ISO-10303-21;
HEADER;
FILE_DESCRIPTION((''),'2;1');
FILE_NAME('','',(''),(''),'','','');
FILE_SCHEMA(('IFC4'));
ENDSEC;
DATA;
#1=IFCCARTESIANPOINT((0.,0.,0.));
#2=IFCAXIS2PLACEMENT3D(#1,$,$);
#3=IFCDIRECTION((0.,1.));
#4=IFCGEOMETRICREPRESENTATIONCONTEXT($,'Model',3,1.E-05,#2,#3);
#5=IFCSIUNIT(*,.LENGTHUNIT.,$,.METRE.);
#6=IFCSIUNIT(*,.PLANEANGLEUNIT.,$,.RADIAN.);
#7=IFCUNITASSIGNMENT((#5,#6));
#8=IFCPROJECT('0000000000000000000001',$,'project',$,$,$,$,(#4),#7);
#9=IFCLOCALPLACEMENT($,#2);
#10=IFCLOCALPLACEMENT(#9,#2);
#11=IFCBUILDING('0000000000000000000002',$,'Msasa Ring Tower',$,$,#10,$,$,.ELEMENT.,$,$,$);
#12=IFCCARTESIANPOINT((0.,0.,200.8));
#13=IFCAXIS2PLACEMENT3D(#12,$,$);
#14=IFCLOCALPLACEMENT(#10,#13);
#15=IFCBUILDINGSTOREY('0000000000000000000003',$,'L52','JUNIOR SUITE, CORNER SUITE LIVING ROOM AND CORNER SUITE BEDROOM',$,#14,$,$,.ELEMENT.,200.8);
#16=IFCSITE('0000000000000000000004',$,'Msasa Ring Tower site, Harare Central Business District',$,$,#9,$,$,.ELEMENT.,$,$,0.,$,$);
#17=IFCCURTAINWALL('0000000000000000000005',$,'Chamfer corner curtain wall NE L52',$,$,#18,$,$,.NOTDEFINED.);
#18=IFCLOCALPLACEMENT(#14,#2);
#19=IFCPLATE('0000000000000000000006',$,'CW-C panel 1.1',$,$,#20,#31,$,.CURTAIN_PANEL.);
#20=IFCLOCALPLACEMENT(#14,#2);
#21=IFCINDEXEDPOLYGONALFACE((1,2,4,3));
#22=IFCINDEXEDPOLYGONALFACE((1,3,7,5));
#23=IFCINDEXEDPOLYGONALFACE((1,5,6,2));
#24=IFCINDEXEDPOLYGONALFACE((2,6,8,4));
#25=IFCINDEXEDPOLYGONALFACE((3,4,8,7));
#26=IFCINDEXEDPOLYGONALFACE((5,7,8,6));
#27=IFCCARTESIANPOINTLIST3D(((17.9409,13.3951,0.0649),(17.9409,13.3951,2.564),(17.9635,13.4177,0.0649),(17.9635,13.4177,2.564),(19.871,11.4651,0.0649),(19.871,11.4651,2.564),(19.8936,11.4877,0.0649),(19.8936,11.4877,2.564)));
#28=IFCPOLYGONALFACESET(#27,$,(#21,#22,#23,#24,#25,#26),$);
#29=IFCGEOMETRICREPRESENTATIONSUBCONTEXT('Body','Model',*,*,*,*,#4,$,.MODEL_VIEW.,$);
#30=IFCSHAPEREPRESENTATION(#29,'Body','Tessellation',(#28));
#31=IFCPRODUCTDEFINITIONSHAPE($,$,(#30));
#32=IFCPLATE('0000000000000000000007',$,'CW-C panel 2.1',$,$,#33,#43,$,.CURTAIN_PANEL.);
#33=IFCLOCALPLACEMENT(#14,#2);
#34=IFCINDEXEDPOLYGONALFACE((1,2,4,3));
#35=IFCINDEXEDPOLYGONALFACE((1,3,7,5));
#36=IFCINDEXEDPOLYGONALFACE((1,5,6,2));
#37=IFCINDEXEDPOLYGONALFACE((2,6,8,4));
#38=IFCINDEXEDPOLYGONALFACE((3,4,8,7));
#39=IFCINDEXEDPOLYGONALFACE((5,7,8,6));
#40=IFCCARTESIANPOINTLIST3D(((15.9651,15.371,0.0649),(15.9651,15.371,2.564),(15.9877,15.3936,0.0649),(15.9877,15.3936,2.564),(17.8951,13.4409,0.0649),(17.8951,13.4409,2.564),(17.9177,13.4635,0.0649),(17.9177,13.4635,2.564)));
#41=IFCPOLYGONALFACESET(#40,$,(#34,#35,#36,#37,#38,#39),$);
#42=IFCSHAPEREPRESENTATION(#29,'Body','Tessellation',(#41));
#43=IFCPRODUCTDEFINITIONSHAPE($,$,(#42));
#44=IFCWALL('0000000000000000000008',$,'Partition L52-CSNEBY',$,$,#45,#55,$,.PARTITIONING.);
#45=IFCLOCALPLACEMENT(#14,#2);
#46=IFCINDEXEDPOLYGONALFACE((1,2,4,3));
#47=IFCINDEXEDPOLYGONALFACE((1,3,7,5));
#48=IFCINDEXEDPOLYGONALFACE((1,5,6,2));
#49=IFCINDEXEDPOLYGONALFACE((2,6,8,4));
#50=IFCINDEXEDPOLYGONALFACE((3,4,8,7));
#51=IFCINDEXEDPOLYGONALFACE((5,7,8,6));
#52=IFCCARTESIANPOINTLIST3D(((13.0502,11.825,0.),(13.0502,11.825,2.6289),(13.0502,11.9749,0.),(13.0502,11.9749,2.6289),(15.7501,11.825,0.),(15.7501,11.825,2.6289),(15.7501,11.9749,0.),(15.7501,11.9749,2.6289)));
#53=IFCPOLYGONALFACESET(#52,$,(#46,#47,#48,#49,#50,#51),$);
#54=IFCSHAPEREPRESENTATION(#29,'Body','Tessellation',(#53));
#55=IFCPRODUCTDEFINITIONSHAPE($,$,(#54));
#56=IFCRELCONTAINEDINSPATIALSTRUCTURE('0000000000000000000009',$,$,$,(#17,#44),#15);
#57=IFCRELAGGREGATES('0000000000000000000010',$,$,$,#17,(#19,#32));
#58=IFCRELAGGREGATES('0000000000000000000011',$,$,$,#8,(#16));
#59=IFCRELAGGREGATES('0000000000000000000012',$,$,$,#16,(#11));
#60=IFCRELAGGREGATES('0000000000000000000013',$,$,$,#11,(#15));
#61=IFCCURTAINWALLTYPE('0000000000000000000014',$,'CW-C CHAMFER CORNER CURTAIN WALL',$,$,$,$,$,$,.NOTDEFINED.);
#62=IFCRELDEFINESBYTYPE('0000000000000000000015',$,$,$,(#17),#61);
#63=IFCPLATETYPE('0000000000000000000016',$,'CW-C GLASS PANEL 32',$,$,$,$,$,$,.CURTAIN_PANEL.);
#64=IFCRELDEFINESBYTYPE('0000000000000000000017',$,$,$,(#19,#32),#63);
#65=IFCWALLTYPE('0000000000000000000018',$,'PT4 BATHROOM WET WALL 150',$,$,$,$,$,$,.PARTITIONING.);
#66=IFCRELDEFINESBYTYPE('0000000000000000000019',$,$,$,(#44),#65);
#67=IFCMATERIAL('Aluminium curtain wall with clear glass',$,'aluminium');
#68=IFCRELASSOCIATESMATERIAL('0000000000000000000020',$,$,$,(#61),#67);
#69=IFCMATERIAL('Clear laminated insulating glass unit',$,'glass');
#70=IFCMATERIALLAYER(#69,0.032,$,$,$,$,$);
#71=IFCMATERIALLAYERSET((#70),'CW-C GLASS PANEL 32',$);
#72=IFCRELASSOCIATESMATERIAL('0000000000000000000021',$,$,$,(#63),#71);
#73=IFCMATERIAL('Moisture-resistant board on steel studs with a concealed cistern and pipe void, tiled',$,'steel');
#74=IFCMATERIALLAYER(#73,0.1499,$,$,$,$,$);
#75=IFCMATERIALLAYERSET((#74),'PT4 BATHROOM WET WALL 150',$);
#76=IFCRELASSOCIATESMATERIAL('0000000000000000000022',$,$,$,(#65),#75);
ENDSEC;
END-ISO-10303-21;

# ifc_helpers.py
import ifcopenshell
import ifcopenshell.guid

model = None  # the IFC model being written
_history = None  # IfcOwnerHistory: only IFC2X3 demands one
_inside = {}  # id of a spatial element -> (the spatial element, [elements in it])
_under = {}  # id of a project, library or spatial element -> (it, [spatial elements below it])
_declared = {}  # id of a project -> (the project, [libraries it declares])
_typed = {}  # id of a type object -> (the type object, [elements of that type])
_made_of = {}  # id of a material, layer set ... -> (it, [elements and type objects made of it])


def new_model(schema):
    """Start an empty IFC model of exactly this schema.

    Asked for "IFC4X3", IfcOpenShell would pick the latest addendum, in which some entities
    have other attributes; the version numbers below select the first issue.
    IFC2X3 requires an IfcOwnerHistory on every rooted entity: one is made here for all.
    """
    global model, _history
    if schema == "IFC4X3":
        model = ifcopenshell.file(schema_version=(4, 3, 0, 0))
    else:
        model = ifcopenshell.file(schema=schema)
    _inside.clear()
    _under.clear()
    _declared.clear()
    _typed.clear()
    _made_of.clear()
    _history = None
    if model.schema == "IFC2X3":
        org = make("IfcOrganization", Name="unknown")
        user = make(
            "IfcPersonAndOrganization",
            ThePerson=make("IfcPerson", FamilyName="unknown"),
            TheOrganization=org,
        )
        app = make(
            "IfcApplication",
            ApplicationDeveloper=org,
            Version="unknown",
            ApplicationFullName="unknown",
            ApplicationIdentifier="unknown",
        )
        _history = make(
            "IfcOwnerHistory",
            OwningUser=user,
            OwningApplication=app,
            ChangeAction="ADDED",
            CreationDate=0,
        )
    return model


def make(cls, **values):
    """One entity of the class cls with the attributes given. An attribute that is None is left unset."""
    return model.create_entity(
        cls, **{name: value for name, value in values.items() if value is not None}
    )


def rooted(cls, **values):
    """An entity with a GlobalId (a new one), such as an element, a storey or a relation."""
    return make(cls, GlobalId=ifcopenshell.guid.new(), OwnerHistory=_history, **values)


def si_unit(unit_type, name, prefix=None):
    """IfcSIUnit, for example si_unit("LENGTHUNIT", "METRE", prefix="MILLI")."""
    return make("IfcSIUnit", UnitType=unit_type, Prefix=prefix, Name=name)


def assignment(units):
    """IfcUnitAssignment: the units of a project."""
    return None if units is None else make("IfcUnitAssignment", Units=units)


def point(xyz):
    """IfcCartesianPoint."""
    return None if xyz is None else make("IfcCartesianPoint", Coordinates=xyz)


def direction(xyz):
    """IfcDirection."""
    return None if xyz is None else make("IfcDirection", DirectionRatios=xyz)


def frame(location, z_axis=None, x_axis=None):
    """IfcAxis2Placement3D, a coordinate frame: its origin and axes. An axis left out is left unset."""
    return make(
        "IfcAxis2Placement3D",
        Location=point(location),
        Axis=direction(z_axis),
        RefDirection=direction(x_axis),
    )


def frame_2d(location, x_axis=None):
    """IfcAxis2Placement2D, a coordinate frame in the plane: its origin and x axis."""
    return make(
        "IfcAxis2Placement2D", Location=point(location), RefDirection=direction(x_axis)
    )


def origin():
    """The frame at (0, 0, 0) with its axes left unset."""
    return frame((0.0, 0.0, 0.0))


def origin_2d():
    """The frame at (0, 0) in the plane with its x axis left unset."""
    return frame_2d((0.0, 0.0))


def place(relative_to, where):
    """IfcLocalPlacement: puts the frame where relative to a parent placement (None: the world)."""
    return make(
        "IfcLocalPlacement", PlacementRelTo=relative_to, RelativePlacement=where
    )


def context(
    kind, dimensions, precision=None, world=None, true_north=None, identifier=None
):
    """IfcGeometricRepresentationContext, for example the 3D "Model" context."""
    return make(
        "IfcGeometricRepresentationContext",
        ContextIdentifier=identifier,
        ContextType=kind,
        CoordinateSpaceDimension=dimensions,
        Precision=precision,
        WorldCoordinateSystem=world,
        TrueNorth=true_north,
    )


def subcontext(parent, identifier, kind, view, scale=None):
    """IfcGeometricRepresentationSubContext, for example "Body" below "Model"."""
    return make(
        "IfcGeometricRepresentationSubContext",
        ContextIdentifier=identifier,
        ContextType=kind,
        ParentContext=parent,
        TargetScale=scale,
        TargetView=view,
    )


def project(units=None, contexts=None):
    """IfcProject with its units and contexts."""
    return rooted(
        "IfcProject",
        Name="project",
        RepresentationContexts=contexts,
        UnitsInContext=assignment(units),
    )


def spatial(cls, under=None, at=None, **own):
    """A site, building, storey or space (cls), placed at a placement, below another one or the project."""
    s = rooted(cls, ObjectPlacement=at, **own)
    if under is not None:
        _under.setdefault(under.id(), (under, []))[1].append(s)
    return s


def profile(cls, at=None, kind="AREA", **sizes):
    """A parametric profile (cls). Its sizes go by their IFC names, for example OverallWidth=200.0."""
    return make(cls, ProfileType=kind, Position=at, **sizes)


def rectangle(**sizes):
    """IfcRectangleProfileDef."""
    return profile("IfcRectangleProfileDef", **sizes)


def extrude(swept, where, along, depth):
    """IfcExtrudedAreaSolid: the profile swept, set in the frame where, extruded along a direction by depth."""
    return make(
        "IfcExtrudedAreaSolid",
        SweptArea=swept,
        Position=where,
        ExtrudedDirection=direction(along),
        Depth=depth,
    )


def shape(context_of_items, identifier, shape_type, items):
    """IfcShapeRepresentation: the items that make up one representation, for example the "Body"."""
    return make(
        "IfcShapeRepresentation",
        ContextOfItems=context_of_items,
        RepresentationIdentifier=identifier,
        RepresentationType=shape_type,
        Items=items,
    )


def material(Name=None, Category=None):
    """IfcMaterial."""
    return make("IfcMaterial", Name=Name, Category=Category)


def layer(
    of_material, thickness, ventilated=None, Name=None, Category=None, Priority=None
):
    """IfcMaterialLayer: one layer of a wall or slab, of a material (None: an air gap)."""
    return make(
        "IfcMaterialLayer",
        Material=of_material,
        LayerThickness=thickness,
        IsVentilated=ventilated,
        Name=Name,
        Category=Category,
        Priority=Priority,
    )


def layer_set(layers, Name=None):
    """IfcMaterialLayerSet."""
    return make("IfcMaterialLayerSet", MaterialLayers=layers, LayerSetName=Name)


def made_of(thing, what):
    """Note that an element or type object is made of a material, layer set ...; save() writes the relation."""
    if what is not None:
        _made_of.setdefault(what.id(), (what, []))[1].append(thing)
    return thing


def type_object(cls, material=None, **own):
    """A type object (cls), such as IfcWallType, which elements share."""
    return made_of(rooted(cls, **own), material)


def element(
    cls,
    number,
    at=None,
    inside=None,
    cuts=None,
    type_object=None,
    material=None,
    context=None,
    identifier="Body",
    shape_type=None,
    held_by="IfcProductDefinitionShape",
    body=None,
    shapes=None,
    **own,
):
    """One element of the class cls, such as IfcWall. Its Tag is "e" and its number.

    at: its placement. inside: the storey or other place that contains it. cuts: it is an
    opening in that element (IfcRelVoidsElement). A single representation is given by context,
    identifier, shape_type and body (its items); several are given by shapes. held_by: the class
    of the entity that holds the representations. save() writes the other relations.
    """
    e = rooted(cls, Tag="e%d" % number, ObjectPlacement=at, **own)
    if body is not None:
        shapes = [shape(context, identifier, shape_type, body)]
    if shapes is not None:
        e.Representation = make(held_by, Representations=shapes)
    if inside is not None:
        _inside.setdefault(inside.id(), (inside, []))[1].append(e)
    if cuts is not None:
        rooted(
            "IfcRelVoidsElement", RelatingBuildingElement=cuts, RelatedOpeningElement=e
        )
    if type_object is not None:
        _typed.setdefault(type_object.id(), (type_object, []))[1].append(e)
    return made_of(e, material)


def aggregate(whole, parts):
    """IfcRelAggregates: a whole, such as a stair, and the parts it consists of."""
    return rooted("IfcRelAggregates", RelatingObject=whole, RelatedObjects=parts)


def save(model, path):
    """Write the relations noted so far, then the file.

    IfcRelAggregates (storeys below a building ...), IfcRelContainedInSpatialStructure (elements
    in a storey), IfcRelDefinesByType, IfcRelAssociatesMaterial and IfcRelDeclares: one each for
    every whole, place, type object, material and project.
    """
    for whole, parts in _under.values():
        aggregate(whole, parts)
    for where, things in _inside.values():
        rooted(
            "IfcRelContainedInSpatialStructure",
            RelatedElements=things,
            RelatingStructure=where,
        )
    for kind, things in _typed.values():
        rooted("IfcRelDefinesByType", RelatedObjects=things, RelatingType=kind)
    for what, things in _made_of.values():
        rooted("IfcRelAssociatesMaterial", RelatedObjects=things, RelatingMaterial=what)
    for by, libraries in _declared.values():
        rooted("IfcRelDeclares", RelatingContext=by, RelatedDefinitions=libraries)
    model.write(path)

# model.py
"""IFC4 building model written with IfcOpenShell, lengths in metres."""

from ifc_helpers import new_model, si_unit, direction, frame, frame_2d, origin, origin_2d, place, context, subcontext, project, spatial, rectangle, extrude, material, layer, layer_set, type_object, element, aggregate, save


model = new_model("IFC4")

# Units and contexts
model_context = context("Model", 3, precision=1e-05, world=origin(), true_north=direction((0.0, 1.0)))
body_context = subcontext(model_context, "Body", "Model", "MODEL_VIEW")
ifc_project = project(units=[si_unit("LENGTHUNIT", "METRE"), si_unit("PLANEANGLEUNIT", "RADIAN")], contexts=[model_context])

# Site, building, storey
site_placement = place(None, origin())
site = spatial("IfcSite", under=ifc_project, at=site_placement, Name="Msasa Ring Tower site, Harare Central Business District", CompositionType="ELEMENT", RefElevation=0.0)
building_placement = place(site_placement, origin())
building = spatial("IfcBuilding", under=site, at=building_placement, Name="Msasa Ring Tower", CompositionType="ELEMENT")
storey_placement = place(building_placement, frame((0.0, 0.0, 200.8)))
storey = spatial("IfcBuildingStorey", under=building, at=storey_placement, Name="L52", Description="JUNIOR SUITE, CORNER SUITE LIVING ROOM AND CORNER SUITE BEDROOM", CompositionType="ELEMENT", Elevation=200.8)

# Curtain wall
ifc_material_1 = material(Name="Aluminium curtain wall with clear glass", Category="aluminium")
curtain_wall_type = type_object("IfcCurtainWallType", Name="CW-C CHAMFER CORNER CURTAIN WALL", PredefinedType="NOTDEFINED", material=ifc_material_1)
curtain_wall_1_placement = place(storey_placement, origin())
curtain_wall_1 = element("IfcCurtainWall", 1, at=curtain_wall_1_placement, inside=storey, type_object=curtain_wall_type, Name="Chamfer corner curtain wall NE L52", PredefinedType="NOTDEFINED")

# Plates
ifc_material_2 = material(Name="Clear laminated insulating glass unit", Category="glass")
ifc_layer_1 = layer(ifc_material_2, 0.032)
ifc_layer_set_1 = layer_set([ifc_layer_1], Name="CW-C GLASS PANEL 32")
plate_type = type_object("IfcPlateType", Name="CW-C GLASS PANEL 32", PredefinedType="CURTAIN_PANEL", material=ifc_layer_set_1)
plate_1_placement = place(storey_placement, frame((18.9172, 12.4414, 0.0649), z_axis=(0.0, 0.0, 1.0), x_axis=(-0.707107, 0.707107, 0.0)))
plate_1 = element("IfcPlate", 2, at=plate_1_placement, type_object=plate_type, Name="CW-C panel 1.1", PredefinedType="CURTAIN_PANEL", context=body_context, shape_type="SweptSolid", body=[
    extrude(rectangle(XDim=2.7295, YDim=0.032, at=origin_2d()), origin(), (0.0, 0.0, 1.0), 2.499),
])
plate_2_placement = place(storey_placement, frame((16.9414, 14.4172, 0.0649), z_axis=(0.0, 0.0, 1.0), x_axis=(-0.707107, 0.707107, 0.0)))
plate_2 = element("IfcPlate", 3, at=plate_2_placement, type_object=plate_type, Name="CW-C panel 2.1", PredefinedType="CURTAIN_PANEL", context=body_context, shape_type="SweptSolid", body=[
    extrude(rectangle(XDim=2.7295, YDim=0.032, at=origin_2d()), origin(), (0.0, 0.0, 1.0), 2.499),
])
aggregate(curtain_wall_1, [plate_1, plate_2])

# Wall
ifc_material_3 = material(Name="Moisture-resistant board on steel studs with a concealed cistern and pipe void, tiled", Category="steel")
ifc_layer_2 = layer(ifc_material_3, 0.1499)
ifc_layer_set_2 = layer_set([ifc_layer_2], Name="PT4 BATHROOM WET WALL 150")
wall_type = type_object("IfcWallType", Name="PT4 BATHROOM WET WALL 150", PredefinedType="PARTITIONING", material=ifc_layer_set_2)
wall_placement = place(storey_placement, frame((13.05, 11.8999, 0.0), z_axis=(0.0, 0.0, 1.0), x_axis=(1.0, 0.0, 0.0)))
element("IfcWall", 4, at=wall_placement, inside=storey, type_object=wall_type, Name="Partition L52-CSNEBY", PredefinedType="PARTITIONING", context=body_context, shape_type="SweptSolid", body=[
    extrude(rectangle(XDim=2.7, YDim=0.1499, at=frame_2d((1.3501, 0.0))), origin(), (0.0, 0.0, 1.0), 2.6289),
])

save(model, "model.ifc")
